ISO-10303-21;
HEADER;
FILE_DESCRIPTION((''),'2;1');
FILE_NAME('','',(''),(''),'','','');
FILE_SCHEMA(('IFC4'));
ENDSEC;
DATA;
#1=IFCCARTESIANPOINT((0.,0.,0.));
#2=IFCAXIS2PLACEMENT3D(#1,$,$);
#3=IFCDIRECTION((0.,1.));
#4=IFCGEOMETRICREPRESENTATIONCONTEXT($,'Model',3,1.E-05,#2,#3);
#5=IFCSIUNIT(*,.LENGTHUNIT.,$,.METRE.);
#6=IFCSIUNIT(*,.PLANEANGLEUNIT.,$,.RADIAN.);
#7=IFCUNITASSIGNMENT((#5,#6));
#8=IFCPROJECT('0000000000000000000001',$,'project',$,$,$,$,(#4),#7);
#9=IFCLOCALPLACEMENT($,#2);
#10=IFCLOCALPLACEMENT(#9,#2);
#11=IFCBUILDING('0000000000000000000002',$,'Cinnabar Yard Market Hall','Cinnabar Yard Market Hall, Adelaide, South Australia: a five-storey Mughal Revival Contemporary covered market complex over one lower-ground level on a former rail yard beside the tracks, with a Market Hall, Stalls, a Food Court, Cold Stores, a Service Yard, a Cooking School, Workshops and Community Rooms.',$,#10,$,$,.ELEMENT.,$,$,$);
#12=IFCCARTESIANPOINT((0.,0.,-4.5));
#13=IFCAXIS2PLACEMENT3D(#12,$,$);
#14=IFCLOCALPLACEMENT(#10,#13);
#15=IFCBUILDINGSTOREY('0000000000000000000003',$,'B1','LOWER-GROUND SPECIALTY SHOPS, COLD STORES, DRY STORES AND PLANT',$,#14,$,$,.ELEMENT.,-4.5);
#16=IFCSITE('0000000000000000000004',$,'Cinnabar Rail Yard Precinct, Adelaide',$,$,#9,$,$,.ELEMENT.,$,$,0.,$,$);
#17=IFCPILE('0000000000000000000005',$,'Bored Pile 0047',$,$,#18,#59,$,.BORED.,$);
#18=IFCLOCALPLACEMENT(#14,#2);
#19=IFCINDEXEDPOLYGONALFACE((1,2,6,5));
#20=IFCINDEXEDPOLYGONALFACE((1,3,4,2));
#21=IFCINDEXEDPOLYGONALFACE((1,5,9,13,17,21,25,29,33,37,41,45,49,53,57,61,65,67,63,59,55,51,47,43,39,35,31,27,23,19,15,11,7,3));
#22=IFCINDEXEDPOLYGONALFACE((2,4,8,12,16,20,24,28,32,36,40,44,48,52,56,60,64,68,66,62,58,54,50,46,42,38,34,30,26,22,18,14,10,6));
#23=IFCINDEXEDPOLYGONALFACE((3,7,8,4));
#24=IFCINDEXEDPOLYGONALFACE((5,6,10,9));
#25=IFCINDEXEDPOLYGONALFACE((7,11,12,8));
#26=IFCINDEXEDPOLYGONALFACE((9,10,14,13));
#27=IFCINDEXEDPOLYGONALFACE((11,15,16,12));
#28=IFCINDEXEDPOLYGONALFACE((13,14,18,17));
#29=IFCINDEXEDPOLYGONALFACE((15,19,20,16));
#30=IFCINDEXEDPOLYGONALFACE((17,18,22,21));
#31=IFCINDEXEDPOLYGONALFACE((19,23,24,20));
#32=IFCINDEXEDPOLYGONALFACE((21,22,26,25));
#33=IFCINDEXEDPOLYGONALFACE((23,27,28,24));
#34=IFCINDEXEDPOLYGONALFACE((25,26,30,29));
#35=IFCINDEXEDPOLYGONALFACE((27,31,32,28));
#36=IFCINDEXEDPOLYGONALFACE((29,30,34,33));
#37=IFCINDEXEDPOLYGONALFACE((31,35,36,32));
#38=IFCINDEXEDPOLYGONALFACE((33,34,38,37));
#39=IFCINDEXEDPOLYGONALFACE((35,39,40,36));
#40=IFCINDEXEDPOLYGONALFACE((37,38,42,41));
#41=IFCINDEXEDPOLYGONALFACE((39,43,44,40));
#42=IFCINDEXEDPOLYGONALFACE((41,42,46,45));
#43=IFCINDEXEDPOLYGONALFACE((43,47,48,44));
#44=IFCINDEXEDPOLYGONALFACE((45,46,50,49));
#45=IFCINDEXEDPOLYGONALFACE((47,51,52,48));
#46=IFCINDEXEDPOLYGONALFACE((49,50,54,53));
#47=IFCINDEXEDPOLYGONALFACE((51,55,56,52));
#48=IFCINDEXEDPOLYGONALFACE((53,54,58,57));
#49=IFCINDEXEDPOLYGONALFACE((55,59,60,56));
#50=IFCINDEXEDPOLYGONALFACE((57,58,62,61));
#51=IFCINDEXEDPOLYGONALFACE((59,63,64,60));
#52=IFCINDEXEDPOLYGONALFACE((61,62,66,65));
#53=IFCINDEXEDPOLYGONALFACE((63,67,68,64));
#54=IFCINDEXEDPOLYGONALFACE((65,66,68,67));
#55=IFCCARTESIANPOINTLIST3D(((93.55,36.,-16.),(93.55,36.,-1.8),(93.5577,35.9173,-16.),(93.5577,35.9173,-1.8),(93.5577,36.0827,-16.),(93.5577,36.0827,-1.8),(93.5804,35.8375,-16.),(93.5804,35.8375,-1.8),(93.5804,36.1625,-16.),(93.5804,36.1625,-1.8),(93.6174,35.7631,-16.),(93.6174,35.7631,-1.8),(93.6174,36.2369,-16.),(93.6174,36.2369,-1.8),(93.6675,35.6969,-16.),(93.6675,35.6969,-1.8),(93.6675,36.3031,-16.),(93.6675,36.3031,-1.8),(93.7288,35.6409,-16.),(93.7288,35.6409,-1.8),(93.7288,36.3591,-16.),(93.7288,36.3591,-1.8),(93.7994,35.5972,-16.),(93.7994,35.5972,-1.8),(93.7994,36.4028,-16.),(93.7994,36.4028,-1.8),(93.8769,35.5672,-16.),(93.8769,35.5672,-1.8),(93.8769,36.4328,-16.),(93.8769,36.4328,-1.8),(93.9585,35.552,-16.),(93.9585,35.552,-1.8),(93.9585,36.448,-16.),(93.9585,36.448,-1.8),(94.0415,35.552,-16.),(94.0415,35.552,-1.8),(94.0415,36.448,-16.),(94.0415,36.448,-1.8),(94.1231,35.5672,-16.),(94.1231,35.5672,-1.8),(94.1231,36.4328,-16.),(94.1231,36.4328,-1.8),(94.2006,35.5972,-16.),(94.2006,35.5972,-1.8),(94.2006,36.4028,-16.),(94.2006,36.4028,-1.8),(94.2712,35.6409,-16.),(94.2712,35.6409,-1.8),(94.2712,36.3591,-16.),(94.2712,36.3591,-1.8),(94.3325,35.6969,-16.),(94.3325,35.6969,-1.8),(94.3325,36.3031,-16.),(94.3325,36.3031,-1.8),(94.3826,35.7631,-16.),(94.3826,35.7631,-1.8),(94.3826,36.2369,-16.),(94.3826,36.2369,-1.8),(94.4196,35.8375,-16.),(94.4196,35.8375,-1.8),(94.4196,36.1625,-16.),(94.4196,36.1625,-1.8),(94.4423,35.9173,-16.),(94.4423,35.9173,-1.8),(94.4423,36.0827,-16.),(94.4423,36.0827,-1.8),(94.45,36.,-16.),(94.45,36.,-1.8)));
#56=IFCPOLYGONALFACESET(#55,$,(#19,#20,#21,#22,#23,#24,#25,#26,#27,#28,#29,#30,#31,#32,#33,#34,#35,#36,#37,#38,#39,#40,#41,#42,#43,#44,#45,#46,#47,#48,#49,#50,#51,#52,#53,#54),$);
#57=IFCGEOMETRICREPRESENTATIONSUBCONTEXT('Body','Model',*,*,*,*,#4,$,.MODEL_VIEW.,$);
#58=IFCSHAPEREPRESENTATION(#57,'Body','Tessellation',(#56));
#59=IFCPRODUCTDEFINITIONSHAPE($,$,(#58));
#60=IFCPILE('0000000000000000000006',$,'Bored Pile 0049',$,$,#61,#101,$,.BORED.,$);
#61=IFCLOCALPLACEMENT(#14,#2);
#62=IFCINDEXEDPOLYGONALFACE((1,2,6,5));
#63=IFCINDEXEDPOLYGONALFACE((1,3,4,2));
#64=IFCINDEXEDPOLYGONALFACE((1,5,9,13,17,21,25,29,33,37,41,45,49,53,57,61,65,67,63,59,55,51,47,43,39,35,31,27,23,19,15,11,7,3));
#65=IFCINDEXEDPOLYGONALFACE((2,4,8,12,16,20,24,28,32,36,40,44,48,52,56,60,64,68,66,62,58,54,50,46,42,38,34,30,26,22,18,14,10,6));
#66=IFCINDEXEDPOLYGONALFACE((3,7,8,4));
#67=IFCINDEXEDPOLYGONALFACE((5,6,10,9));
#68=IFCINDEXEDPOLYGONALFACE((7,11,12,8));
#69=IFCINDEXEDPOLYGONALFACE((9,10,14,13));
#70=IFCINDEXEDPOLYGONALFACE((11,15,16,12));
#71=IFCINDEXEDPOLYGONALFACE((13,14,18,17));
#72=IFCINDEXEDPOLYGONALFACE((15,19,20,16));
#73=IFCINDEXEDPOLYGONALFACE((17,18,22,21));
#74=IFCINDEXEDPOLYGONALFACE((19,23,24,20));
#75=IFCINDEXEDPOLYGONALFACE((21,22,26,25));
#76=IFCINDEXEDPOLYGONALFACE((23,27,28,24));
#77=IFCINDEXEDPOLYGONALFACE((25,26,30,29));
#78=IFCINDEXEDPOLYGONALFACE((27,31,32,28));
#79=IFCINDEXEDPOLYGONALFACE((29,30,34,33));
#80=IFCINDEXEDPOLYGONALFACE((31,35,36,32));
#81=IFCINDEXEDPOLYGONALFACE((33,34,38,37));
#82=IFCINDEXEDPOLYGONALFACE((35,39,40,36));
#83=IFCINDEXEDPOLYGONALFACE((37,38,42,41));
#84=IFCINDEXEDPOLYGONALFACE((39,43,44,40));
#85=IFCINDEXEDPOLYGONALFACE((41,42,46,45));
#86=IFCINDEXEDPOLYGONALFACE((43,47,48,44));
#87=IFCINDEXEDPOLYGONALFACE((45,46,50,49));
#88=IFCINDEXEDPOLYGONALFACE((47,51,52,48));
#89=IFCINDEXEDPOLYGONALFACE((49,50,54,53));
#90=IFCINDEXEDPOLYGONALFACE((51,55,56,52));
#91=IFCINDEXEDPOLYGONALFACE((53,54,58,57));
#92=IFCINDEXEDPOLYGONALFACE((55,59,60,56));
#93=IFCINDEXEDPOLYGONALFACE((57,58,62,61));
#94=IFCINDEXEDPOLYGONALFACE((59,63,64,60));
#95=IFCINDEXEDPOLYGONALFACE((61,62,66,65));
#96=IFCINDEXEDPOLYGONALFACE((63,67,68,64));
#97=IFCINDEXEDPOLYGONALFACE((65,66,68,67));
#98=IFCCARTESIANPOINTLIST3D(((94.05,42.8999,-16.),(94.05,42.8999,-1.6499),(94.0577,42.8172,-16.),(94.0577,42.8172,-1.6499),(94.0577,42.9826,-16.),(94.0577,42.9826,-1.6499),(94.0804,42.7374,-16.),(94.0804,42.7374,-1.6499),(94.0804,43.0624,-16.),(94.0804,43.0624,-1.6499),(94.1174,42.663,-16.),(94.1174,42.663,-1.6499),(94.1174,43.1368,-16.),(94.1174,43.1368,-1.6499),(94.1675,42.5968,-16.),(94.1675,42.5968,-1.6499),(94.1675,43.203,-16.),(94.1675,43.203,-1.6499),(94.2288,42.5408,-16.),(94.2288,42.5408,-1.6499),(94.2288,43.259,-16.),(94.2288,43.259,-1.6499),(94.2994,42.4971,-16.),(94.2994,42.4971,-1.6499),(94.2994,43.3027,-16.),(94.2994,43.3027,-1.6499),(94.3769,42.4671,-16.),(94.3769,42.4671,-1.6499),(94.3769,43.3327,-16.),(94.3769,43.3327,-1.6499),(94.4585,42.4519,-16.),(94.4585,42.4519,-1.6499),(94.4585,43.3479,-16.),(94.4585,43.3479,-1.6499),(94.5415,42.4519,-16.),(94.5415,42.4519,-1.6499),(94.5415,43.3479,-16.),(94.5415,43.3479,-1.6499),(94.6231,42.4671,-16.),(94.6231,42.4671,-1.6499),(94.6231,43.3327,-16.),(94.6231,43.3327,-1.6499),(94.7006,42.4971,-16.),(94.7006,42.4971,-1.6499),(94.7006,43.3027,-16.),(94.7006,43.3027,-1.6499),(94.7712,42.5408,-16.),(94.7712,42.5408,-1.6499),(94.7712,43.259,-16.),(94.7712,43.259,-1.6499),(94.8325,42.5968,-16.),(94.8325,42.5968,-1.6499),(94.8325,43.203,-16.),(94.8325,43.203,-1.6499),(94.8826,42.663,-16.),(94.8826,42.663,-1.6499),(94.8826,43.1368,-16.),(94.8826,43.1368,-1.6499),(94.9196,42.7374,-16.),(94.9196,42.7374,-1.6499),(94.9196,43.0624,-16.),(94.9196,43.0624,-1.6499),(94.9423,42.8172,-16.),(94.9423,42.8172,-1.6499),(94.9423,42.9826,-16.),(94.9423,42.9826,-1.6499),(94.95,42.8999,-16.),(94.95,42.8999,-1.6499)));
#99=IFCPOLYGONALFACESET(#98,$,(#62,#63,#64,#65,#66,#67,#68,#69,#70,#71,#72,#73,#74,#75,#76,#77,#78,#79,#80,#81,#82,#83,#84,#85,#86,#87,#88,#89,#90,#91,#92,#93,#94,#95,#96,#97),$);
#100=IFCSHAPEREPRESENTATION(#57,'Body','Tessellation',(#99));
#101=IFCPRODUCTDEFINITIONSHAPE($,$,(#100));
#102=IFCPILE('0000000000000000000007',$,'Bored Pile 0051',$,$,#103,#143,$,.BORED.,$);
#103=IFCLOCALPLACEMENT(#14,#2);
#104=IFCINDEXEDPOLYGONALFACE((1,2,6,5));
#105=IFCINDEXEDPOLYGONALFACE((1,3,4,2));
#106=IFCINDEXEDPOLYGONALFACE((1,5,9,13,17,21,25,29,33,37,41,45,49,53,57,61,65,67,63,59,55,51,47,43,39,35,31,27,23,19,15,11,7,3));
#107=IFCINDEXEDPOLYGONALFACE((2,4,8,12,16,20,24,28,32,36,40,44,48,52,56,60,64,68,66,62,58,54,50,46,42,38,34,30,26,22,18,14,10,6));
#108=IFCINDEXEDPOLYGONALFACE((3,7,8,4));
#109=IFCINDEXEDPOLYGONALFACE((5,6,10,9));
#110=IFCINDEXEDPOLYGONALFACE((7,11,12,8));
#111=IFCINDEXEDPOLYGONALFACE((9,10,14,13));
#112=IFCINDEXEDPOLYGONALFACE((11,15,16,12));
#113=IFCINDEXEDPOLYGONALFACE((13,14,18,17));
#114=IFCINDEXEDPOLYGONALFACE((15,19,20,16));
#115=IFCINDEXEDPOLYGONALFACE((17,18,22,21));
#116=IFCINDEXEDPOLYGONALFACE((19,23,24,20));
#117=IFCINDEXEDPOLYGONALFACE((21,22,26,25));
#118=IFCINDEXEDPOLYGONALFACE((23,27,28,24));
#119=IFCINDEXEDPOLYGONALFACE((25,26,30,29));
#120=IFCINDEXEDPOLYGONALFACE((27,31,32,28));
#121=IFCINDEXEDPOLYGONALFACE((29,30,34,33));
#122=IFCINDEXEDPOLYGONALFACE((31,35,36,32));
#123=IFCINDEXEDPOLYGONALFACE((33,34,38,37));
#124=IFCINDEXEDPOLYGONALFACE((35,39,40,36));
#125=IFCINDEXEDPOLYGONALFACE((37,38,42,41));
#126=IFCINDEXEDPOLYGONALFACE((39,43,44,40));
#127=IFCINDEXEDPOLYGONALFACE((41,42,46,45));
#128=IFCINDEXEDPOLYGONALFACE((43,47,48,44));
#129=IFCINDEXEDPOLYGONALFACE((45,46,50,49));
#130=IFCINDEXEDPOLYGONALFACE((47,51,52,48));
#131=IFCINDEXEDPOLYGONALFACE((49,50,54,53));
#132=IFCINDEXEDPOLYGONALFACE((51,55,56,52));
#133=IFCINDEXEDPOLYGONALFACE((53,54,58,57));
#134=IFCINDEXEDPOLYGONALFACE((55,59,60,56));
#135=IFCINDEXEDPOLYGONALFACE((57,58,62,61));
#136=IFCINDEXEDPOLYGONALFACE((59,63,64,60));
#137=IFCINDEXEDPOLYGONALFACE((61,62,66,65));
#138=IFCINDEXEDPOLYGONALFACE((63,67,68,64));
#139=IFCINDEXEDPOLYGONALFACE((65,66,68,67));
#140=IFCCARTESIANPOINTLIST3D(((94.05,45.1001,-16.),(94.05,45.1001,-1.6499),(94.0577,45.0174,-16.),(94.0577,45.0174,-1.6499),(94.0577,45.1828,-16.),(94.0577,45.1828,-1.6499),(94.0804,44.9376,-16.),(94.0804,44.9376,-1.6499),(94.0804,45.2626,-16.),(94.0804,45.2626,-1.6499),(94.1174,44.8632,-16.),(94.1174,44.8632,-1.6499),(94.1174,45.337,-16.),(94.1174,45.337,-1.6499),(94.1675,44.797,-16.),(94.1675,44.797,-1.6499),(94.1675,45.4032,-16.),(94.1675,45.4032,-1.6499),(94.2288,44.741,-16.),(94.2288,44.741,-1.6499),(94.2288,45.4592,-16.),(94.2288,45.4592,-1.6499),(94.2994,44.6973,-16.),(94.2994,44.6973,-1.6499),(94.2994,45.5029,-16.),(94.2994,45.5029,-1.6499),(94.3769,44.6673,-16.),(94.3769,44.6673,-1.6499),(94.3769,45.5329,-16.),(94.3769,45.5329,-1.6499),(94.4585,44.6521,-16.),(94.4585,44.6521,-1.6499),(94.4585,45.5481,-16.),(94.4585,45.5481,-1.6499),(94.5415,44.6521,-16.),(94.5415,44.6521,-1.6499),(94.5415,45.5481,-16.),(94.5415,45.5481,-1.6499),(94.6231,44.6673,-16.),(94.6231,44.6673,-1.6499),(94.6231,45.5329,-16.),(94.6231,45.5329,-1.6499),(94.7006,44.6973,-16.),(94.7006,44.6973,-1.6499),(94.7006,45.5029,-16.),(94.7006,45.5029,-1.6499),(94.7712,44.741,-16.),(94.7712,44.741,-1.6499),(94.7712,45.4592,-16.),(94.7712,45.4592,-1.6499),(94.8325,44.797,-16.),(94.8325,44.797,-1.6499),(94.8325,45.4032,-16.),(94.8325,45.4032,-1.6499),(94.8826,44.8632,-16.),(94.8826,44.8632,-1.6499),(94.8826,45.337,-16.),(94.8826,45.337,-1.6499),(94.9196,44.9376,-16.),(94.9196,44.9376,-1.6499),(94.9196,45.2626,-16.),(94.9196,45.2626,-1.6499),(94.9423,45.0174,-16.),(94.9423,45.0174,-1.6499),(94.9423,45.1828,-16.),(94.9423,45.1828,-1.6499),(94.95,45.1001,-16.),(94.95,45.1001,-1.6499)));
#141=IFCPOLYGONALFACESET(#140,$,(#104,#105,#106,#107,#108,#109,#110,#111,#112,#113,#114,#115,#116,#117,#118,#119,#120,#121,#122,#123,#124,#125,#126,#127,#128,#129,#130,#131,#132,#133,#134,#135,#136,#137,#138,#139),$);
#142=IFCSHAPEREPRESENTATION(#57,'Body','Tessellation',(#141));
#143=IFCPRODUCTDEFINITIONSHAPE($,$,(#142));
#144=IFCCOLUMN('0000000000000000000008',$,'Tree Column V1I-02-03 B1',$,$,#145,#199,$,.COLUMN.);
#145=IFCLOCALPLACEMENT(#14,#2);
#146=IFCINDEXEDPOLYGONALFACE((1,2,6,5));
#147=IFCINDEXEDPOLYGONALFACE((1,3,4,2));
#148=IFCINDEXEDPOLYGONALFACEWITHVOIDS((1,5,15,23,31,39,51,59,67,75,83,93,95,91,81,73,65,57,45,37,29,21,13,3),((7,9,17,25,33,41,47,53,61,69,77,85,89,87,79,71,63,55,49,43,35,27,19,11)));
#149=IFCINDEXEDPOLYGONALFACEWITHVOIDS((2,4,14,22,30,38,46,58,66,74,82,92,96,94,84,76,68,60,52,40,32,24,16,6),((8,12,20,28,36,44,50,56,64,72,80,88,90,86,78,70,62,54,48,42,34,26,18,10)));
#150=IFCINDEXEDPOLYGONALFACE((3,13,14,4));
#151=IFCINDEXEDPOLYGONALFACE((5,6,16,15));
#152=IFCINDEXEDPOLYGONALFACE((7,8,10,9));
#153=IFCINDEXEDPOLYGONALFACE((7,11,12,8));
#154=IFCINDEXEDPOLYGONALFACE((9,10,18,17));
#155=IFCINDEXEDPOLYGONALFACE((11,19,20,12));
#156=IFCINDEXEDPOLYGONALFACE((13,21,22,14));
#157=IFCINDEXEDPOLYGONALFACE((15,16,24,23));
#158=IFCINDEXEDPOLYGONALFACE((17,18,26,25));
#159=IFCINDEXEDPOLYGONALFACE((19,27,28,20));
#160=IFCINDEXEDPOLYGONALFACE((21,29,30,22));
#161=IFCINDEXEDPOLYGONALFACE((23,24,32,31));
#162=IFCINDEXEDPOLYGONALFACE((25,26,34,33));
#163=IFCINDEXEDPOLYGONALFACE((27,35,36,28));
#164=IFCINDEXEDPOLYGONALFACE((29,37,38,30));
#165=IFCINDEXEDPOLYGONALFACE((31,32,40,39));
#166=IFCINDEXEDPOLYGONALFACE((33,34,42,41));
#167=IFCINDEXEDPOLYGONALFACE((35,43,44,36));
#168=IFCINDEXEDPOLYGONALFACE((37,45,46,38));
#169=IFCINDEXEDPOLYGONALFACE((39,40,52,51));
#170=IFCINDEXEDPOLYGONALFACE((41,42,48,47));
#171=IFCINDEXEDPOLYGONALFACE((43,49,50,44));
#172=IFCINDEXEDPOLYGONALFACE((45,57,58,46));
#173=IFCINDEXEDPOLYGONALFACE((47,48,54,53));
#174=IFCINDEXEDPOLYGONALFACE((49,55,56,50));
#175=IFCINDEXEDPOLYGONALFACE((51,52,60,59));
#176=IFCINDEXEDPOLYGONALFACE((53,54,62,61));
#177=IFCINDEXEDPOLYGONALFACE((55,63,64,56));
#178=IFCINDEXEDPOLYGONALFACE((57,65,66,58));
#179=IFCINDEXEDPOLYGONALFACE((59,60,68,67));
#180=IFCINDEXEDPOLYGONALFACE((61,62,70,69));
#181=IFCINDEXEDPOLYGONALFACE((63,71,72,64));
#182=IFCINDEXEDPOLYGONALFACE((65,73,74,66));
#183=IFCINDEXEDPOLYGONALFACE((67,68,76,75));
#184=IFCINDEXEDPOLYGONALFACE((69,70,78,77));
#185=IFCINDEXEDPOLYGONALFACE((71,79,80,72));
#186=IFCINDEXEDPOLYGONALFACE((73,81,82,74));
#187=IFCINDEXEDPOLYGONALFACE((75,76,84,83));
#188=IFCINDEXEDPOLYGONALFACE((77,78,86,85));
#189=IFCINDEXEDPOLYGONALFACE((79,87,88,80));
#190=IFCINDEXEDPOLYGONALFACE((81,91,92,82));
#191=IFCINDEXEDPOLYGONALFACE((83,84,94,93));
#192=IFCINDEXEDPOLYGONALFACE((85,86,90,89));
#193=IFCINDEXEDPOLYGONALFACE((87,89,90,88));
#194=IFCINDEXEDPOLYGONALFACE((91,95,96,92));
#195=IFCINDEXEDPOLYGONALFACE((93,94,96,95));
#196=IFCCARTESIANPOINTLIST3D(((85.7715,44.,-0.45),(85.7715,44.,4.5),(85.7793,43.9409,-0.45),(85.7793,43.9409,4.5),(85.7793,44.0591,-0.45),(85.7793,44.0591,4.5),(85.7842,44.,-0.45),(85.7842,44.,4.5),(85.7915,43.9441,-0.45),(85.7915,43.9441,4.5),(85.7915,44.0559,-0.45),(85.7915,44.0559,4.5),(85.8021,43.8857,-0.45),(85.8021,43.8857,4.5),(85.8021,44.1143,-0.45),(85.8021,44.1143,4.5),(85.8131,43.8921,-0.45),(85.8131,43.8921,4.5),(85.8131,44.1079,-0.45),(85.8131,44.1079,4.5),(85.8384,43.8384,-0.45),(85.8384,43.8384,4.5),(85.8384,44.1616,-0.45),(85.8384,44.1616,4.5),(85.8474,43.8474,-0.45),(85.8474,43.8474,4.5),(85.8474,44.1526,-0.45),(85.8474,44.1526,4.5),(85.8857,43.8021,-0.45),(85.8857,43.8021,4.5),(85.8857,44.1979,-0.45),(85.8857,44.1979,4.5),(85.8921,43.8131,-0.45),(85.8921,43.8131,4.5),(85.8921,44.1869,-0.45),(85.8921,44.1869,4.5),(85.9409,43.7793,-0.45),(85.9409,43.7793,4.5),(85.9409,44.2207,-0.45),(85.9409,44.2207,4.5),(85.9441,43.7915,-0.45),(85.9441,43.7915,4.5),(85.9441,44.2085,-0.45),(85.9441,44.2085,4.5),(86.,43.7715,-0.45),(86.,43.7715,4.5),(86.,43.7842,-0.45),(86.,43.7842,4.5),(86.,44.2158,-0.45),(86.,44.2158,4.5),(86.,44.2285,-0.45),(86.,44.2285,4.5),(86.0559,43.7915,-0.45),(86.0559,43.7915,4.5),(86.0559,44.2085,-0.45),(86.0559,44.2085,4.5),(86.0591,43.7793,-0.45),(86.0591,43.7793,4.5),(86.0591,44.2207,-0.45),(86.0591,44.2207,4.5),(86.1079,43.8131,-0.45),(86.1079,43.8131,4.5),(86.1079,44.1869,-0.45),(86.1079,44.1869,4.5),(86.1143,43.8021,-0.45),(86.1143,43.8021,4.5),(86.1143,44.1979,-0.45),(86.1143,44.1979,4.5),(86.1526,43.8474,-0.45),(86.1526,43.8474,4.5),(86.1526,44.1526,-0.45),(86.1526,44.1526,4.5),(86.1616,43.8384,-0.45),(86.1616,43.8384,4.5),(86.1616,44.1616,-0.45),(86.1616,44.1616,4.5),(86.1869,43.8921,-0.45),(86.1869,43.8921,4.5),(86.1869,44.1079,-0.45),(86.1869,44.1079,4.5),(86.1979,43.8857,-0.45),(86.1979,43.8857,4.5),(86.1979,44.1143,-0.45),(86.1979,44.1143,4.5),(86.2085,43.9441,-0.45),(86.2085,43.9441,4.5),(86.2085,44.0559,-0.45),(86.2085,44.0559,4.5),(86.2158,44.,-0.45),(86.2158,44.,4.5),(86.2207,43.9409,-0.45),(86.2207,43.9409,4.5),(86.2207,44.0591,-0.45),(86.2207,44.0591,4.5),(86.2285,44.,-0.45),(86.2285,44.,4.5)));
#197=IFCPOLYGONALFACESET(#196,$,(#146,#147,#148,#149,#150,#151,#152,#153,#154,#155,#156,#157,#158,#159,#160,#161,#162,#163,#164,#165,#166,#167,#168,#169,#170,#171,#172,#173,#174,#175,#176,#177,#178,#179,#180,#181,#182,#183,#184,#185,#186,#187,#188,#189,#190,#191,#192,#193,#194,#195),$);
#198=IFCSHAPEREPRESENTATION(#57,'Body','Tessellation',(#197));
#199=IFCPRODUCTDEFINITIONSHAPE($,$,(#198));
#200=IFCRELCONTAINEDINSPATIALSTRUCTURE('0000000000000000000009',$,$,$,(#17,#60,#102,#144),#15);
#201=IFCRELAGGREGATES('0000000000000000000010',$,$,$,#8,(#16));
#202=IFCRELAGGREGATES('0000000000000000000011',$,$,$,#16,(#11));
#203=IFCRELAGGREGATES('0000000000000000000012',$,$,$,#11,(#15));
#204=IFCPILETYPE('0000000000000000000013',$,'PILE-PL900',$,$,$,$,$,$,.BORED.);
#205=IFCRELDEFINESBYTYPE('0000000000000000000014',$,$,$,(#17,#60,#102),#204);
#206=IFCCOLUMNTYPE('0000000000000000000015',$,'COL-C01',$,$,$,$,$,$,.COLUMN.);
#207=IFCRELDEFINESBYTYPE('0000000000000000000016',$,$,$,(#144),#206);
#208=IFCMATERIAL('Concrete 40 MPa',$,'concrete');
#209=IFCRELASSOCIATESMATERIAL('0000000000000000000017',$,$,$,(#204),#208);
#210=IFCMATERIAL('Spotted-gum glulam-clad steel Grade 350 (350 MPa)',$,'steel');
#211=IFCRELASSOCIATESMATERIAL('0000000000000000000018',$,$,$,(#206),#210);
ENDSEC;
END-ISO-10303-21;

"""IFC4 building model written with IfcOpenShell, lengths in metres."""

from ifc_helpers import new_model, si_unit, direction, frame, origin, origin_2d_with_axis, place, context, subcontext, project, spatial, circle, hollow_circle, extrude, material, material_profile, profile_set, type_object, element, save


model = new_model("IFC4")

# Units and contexts
model_context = context("Model", 3, precision=1e-05, world=origin(), true_north=direction((0.0, 1.0)))
body_context = subcontext(model_context, "Body", "Model", "MODEL_VIEW")
ifc_project = project(units=[si_unit("LENGTHUNIT", "METRE"), si_unit("PLANEANGLEUNIT", "RADIAN")], contexts=[model_context])

# Site, building, storey
site_placement = place(None, origin())
site = spatial("IfcSite", under=ifc_project, at=site_placement, Name="Cinnabar Rail Yard Precinct, Adelaide", CompositionType="ELEMENT", RefElevation=0.0)
building_placement = place(site_placement, origin())
building = spatial("IfcBuilding", under=site, at=building_placement, Name="Cinnabar Yard Market Hall", Description="Cinnabar Yard Market Hall, Adelaide, South Australia: a five-storey Mughal Revival Contemporary covered market complex over one lower-ground level on a former rail yard beside the tracks, with a Market Hall, Stalls, a Food Court, Cold Stores, a Service Yard, a Cooking School, Workshops and Community Rooms.", CompositionType="ELEMENT")
storey_placement = place(building_placement, frame((0.0, 0.0, -4.5)))
storey = spatial("IfcBuildingStorey", under=building, at=storey_placement, Name="B1", Description="LOWER-GROUND SPECIALTY SHOPS, COLD STORES, DRY STORES AND PLANT", CompositionType="ELEMENT", Elevation=-4.5)

# Shared definitions
ifc_material_1 = material(Name="Concrete 40 MPa", Category="concrete")

# Piles
ifc_material_profile_1 = material_profile(ifc_material_1, circle(Radius=0.45, at=origin_2d_with_axis()), Name="PILE-D900")
ifc_profile_set_1 = profile_set([ifc_material_profile_1], Name="Concrete 40 MPa")
pile_type = type_object("IfcPileType", Name="PILE-PL900", PredefinedType="BORED", material=ifc_profile_set_1)
pile_placement = place(storey_placement, frame((94.0, 36.0, -1.8), z_axis=(0.0, 0.0, -1.0), x_axis=(1.0, 0.0, 0.0)))
element("IfcPile", 1, at=pile_placement, inside=storey, type_object=pile_type, Name="Bored Pile 0047", PredefinedType="BORED", context=body_context, shape_type="SweptSolid", body=[
    extrude(circle(Radius=0.45, at=origin_2d_with_axis()), origin(), (0.0, 0.0, 1.0), 14.2),
])
for number, where, z_axis, x_axis, name in (
    (2, (94.5, 42.8999, -1.6499), (0.0, 0.0, -1.0), (1.0, 0.0, 0.0), "Bored Pile 0049"),
    (3, (94.5, 45.1001, -1.6499), (0.0, 0.0, -1.0), (1.0, 0.0, 0.0), "Bored Pile 0051"),
):
    element("IfcPile", number, at=place(storey_placement, frame(where, z_axis=z_axis, x_axis=x_axis)), inside=storey, type_object=pile_type, Name=name, PredefinedType="BORED", context=body_context, shape_type="SweptSolid", body=[
        extrude(circle(Radius=0.45, at=origin_2d_with_axis()), origin(), (0.0, 0.0, 1.0), 14.3501),
    ])

# Column
ifc_material_2 = material(Name="Spotted-gum glulam-clad steel Grade 350 (350 MPa)", Category="steel")
ifc_material_profile_2 = material_profile(ifc_material_2, hollow_circle(Radius=0.2285, WallThickness=0.0127, at=origin_2d_with_axis()), Name="457.0x12.7CHS")
ifc_profile_set_2 = profile_set([ifc_material_profile_2], Name="Spotted-gum glulam-clad steel Grade 350 (350 MPa)")
column_type_1 = type_object("IfcColumnType", Name="COL-C01", PredefinedType="COLUMN", material=ifc_profile_set_2)
for number, where, z_axis, x_axis, name in (
    (4, (86.0, 44.0, -0.45), (0.0, 0.0, 1.0), (1.0, 0.0, 0.0), "Tree Column V1I-02-03 B1"),
):
    element("IfcColumn", number, at=place(storey_placement, frame(where, z_axis=z_axis, x_axis=x_axis)), inside=storey, type_object=column_type_1, Name=name, PredefinedType="COLUMN", context=body_context, shape_type="SweptSolid", body=[
        extrude(hollow_circle(Radius=0.2285, WallThickness=0.0127, at=origin_2d_with_axis()), origin(), (0.0, 0.0, 1.0), 4.95),
    ])

save(model, "model.ifc")
